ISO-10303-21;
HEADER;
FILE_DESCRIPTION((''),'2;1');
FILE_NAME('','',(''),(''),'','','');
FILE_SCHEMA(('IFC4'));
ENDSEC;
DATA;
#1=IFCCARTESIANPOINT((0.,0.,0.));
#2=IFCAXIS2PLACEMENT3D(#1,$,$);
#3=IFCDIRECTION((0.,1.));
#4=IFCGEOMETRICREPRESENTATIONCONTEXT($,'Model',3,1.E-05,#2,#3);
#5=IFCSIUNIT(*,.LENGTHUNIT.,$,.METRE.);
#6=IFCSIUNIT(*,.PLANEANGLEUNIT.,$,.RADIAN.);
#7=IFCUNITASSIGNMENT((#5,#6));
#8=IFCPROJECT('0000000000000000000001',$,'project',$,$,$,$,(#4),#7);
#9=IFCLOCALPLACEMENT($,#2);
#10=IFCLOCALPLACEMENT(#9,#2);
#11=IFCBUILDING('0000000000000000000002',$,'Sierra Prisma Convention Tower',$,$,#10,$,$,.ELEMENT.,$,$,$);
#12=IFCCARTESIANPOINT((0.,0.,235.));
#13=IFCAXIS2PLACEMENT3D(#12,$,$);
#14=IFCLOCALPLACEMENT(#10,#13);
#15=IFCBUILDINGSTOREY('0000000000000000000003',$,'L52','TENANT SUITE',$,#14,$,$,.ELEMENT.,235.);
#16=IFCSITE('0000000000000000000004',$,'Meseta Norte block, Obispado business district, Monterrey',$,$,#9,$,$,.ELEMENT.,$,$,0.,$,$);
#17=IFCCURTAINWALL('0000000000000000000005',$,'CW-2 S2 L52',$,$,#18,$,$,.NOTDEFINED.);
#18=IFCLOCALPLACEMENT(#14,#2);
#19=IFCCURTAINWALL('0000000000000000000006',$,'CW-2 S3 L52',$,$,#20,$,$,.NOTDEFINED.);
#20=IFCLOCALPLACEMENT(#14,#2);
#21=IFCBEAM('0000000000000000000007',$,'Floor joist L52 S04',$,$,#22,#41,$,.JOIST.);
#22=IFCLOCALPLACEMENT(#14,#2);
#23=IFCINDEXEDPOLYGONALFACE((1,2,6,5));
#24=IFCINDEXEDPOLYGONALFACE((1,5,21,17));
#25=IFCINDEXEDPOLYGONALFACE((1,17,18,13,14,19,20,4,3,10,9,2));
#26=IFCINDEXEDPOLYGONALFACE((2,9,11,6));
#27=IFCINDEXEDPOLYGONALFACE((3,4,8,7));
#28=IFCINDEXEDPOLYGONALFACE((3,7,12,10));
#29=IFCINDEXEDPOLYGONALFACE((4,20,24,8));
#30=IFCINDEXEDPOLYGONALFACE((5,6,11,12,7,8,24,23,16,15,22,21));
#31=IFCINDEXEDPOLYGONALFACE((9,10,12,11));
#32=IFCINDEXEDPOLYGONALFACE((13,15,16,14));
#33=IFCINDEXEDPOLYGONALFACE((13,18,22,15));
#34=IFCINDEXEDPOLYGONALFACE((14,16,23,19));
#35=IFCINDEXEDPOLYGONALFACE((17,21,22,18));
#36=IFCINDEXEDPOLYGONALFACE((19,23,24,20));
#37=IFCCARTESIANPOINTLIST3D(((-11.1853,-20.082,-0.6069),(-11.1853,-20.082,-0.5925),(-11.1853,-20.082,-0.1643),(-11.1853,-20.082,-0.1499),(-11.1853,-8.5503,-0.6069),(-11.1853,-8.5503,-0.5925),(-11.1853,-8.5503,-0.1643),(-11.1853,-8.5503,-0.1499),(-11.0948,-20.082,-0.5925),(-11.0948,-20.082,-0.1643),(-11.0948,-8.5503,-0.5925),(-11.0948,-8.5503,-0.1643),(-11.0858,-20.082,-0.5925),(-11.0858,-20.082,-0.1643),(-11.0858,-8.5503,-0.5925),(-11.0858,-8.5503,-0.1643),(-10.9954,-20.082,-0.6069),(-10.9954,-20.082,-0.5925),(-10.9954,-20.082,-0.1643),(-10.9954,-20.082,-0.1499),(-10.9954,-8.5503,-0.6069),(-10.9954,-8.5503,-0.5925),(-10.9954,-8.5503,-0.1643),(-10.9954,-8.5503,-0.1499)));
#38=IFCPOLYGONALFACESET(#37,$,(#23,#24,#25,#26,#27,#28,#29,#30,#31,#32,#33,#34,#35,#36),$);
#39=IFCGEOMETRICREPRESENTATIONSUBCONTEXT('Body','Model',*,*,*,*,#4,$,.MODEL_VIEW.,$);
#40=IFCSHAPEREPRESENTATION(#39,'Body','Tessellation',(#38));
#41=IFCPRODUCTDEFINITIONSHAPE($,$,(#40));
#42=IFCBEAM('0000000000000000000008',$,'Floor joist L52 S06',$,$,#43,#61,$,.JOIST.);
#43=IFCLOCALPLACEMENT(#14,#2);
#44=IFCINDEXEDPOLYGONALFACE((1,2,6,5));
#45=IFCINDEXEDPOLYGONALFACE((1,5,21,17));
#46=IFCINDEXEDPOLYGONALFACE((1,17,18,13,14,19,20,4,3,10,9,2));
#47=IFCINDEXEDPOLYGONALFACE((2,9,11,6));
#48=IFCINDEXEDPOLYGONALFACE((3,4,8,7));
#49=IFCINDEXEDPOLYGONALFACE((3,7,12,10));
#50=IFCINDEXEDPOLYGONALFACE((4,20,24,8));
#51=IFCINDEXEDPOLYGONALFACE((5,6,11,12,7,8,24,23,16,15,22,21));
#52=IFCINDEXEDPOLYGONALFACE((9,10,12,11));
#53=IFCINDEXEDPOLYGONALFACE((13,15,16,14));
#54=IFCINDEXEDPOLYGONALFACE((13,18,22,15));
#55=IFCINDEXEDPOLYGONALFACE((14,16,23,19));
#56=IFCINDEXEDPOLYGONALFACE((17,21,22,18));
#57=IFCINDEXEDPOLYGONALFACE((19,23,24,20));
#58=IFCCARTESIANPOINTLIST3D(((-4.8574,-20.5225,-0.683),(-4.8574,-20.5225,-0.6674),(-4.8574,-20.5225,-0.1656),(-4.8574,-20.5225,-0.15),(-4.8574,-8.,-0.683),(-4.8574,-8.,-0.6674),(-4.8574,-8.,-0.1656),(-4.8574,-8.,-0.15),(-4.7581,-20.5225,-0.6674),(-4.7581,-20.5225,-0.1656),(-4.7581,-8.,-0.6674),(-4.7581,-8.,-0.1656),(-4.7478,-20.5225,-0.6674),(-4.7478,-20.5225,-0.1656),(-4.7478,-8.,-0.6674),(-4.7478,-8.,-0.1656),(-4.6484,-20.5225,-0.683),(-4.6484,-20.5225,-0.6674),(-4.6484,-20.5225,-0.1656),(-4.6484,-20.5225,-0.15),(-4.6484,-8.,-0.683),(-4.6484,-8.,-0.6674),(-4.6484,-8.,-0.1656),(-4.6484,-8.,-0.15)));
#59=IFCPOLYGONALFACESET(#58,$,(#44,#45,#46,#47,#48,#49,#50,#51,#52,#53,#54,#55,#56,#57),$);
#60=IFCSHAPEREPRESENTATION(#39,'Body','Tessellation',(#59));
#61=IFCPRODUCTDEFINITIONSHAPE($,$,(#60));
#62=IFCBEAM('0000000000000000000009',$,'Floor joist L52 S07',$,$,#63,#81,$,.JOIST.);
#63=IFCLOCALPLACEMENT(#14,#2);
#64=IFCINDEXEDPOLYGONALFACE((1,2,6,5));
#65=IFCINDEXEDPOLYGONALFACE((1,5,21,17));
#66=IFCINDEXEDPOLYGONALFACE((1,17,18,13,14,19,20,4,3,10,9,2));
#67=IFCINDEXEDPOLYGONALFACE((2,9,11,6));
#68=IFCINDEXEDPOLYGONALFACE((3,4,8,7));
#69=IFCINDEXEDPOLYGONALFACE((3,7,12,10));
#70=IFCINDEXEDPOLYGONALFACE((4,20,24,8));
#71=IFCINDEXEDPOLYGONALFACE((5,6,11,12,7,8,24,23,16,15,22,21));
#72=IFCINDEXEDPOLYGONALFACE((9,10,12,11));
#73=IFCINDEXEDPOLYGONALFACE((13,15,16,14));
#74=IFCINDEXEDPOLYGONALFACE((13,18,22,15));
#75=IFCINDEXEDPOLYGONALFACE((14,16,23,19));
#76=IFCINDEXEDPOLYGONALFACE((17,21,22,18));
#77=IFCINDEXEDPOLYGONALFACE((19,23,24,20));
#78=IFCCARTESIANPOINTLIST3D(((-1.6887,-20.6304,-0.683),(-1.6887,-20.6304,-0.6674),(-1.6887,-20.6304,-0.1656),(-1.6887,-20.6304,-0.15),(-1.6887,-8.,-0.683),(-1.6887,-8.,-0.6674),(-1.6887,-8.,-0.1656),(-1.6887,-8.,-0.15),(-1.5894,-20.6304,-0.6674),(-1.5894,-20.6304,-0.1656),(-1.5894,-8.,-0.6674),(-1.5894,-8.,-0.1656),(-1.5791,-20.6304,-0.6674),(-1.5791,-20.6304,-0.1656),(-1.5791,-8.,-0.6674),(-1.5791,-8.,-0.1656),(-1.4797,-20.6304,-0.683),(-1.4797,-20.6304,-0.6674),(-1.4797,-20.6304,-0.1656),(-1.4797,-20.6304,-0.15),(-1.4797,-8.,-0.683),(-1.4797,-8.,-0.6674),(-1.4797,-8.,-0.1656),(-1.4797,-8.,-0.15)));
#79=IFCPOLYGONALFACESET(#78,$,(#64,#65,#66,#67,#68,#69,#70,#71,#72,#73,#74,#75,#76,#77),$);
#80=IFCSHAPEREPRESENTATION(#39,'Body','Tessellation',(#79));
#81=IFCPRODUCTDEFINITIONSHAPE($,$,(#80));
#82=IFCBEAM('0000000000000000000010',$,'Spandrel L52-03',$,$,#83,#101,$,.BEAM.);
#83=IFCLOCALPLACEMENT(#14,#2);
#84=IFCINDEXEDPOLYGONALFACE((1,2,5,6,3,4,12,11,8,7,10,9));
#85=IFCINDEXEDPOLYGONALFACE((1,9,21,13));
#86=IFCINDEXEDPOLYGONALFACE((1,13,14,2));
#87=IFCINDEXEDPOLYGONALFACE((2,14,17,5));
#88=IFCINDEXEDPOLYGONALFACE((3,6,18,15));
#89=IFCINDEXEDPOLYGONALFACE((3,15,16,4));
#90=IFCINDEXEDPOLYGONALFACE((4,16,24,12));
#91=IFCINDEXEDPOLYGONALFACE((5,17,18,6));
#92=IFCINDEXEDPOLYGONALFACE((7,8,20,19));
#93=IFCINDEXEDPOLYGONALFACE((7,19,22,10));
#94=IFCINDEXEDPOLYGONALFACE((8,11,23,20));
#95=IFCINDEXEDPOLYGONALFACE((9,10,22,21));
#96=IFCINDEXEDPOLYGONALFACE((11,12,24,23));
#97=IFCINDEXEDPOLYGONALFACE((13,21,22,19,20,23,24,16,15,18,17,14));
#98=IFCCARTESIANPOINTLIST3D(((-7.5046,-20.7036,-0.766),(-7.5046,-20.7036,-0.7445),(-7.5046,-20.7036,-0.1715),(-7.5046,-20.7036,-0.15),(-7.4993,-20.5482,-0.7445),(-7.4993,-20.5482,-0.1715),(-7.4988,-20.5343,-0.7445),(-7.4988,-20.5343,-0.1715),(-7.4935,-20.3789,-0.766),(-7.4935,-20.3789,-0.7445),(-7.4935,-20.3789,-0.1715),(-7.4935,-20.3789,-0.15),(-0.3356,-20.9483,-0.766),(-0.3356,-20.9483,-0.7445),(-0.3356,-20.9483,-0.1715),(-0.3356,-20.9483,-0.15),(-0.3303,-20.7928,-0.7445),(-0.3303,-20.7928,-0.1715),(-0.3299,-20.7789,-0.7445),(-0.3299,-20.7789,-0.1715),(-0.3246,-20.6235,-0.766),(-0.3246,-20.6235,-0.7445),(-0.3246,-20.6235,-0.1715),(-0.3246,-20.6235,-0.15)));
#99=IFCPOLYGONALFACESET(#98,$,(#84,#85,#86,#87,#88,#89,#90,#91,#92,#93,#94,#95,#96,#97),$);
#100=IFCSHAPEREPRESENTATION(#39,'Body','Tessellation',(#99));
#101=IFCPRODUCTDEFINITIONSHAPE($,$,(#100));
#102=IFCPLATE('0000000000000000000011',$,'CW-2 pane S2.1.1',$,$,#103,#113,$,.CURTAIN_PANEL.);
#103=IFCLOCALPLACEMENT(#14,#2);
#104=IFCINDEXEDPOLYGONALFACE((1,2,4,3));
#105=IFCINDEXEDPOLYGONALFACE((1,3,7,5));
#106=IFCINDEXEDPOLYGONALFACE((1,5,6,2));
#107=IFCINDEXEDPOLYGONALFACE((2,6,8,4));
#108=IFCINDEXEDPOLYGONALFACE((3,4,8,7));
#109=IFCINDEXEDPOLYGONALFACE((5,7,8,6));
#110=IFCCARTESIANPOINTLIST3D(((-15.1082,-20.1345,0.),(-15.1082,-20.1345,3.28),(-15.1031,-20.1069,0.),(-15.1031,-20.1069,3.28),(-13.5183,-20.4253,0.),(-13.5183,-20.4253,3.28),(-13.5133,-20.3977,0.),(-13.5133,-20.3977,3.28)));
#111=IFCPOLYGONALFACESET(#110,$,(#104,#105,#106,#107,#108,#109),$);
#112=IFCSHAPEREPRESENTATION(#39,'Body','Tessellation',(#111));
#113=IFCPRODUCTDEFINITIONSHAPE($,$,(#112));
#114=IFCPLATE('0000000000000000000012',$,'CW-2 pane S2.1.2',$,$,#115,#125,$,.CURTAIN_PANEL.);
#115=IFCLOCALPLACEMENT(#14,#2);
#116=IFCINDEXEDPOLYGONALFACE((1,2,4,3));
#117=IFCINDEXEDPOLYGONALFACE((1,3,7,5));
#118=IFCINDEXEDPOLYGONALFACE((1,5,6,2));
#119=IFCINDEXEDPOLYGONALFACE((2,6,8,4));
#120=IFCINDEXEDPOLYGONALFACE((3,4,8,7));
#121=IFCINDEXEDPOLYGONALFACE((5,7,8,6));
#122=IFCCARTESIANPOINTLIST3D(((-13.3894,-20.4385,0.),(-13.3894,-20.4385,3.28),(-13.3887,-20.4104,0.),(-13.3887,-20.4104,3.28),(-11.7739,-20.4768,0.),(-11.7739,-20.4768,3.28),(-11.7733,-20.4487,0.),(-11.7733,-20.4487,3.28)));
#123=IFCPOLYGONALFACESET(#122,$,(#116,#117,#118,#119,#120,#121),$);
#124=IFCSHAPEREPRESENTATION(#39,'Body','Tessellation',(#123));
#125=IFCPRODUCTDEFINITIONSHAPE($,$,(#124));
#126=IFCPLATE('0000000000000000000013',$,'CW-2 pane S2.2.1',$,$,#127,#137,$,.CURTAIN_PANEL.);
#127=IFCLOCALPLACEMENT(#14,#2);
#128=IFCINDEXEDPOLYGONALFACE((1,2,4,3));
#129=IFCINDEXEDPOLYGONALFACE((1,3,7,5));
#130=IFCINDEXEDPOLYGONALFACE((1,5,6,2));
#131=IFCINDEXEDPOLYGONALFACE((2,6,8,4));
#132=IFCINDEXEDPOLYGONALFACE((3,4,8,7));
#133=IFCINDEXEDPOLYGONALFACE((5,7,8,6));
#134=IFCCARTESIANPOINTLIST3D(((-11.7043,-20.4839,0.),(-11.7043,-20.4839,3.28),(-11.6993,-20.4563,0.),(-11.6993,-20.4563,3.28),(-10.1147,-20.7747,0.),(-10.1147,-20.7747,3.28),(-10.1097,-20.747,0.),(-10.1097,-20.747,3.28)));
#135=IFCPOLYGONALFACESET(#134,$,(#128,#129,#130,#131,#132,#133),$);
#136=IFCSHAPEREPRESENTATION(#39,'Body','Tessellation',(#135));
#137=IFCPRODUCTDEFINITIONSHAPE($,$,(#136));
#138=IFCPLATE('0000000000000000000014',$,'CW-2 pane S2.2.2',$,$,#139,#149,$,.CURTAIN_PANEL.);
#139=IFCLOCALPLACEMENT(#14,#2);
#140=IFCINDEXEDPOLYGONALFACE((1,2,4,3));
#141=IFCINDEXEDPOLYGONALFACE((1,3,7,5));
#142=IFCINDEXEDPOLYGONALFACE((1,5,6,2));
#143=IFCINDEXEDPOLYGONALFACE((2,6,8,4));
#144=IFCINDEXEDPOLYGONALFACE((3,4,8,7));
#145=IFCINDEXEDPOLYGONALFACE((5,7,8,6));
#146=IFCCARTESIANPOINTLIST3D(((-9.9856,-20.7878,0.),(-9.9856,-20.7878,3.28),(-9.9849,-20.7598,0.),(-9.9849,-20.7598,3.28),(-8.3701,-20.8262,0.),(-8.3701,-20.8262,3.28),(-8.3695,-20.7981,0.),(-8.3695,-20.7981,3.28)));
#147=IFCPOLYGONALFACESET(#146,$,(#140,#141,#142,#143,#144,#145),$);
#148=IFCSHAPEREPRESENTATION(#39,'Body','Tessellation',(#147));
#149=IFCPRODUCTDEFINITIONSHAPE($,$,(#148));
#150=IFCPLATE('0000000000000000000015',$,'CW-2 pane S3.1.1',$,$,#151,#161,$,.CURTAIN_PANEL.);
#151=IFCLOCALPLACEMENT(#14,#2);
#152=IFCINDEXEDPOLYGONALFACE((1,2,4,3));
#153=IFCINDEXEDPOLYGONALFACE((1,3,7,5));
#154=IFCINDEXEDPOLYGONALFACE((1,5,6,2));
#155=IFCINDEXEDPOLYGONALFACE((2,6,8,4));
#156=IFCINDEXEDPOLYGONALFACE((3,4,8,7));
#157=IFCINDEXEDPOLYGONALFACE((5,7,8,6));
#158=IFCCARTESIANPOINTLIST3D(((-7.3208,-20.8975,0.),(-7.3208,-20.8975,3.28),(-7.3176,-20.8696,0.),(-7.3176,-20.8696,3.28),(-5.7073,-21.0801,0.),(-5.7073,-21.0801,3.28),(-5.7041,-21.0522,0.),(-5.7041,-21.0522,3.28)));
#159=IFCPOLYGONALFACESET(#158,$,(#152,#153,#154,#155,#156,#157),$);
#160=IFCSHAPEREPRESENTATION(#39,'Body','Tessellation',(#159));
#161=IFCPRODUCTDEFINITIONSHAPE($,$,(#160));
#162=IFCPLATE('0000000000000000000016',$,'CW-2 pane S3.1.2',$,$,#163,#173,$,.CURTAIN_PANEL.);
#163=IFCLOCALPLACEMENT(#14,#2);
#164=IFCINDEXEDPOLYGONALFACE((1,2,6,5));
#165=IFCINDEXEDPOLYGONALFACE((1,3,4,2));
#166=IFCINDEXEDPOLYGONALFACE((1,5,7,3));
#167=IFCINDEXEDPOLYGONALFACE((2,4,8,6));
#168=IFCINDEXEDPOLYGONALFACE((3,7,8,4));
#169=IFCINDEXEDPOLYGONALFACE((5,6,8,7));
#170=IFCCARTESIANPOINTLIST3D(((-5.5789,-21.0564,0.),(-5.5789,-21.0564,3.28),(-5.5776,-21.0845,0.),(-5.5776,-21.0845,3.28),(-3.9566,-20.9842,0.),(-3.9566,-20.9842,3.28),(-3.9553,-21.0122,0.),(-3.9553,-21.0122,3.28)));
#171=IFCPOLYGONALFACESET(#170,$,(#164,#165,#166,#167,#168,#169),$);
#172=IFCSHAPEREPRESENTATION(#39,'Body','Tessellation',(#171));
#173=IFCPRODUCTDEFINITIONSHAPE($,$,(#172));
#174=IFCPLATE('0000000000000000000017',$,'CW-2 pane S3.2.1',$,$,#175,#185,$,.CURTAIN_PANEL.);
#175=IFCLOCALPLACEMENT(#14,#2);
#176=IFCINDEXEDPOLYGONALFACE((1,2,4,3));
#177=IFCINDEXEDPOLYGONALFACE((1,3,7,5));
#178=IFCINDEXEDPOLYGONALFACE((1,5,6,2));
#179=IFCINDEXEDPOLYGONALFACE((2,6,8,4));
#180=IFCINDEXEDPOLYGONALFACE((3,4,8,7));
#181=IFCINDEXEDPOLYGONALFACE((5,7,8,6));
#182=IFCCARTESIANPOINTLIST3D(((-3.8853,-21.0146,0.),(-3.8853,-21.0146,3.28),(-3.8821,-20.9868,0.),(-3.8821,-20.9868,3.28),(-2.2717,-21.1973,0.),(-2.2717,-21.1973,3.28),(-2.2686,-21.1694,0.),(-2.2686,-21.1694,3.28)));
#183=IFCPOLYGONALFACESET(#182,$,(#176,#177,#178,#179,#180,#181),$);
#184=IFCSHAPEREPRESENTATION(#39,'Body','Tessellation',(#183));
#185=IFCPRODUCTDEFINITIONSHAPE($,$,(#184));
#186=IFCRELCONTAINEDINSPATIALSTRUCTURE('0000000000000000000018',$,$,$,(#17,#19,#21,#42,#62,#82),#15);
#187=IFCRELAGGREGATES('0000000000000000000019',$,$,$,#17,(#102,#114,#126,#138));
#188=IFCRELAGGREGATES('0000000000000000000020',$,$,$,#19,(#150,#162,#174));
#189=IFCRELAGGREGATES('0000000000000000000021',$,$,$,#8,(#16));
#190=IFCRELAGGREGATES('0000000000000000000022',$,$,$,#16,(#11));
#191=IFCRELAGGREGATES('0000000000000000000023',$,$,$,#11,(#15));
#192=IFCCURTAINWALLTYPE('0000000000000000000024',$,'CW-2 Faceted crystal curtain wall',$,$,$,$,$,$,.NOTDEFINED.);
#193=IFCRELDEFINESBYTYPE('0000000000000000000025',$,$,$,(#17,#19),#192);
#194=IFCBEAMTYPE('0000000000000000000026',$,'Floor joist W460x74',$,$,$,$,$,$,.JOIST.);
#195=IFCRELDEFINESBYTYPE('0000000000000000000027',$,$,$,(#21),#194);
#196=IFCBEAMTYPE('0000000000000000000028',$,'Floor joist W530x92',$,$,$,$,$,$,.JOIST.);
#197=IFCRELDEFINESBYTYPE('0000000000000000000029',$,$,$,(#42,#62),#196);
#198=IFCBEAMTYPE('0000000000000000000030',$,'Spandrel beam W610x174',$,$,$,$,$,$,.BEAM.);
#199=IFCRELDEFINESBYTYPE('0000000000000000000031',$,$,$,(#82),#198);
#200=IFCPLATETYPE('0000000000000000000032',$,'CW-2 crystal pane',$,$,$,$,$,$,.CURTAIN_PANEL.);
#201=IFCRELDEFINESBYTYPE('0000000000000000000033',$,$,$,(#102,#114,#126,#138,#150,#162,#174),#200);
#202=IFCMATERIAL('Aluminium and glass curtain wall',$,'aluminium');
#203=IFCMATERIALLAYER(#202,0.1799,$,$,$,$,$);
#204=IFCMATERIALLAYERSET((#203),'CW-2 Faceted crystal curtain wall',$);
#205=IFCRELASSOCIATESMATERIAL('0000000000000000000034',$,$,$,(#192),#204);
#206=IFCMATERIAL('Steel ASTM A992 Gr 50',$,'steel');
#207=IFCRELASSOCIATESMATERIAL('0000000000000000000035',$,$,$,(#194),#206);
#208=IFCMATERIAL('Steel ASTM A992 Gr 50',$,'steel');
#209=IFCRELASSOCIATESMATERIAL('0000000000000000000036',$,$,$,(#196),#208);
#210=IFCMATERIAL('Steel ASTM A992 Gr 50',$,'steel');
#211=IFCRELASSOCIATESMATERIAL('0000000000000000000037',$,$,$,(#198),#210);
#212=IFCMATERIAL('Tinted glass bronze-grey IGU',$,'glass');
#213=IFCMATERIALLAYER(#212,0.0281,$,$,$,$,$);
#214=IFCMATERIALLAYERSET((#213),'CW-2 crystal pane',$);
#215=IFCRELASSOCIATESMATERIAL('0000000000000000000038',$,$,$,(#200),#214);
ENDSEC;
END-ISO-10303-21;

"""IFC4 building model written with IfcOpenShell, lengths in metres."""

from ifc_helpers import new_model, si_unit, direction, frame, origin, origin_2d, place, context, subcontext, project, spatial, polyline, i_section, outline, extrude, material, layer, layer_set, material_profile, profile_set, type_object, element, aggregate, save


model = new_model("IFC4")

# Units and contexts
model_context = context("Model", 3, precision=1e-05, world=origin(), true_north=direction((0.0, 1.0)))
body_context = subcontext(model_context, "Body", "Model", "MODEL_VIEW")
ifc_project = project(units=[si_unit("LENGTHUNIT", "METRE"), si_unit("PLANEANGLEUNIT", "RADIAN")], contexts=[model_context])

# Site, building, storey
site_placement = place(None, origin())
site = spatial("IfcSite", under=ifc_project, at=site_placement, Name="Meseta Norte block, Obispado business district, Monterrey", CompositionType="ELEMENT", RefElevation=0.0)
building_placement = place(site_placement, origin())
building = spatial("IfcBuilding", under=site, at=building_placement, Name="Sierra Prisma Convention Tower", CompositionType="ELEMENT")
storey_placement = place(building_placement, frame((0.0, 0.0, 235.0)))
storey = spatial("IfcBuildingStorey", under=building, at=storey_placement, Name="L52", Description="TENANT SUITE", CompositionType="ELEMENT", Elevation=235.0)

# Curtain walls
ifc_material_1 = material(Name="Aluminium and glass curtain wall", Category="aluminium")
ifc_layer_1 = layer(ifc_material_1, 0.1799)
ifc_layer_set_1 = layer_set([ifc_layer_1], Name="CW-2 Faceted crystal curtain wall")
curtain_wall_type = type_object("IfcCurtainWallType", Name="CW-2 Faceted crystal curtain wall", PredefinedType="NOTDEFINED", material=ifc_layer_set_1)
curtain_wall_1_placement = place(storey_placement, origin())
curtain_wall_1 = element("IfcCurtainWall", 1, at=curtain_wall_1_placement, inside=storey, type_object=curtain_wall_type, Name="CW-2 S2 L52", PredefinedType="NOTDEFINED")
curtain_wall_2_placement = place(storey_placement, origin())
curtain_wall_2 = element("IfcCurtainWall", 2, at=curtain_wall_2_placement, inside=storey, type_object=curtain_wall_type, Name="CW-2 S3 L52", PredefinedType="NOTDEFINED")

# Beams
ifc_material_2 = material(Name="Steel ASTM A992 Gr 50", Category="steel")
ifc_material_profile_1 = material_profile(ifc_material_2, i_section(OverallWidth=0.1899, OverallDepth=0.457, WebThickness=0.009, FlangeThickness=0.0144, at=origin_2d()), Name="W460x74")
ifc_profile_set_1 = profile_set([ifc_material_profile_1], Name="Steel ASTM A992 Gr 50")
beam_type_1 = type_object("IfcBeamType", Name="Floor joist W460x74", PredefinedType="JOIST", material=ifc_profile_set_1)
beam_1_placement = place(storey_placement, frame((-11.0903, -20.082, -0.3784), z_axis=(0.0, 1.0, 0.0), x_axis=(-1.0, 0.0, 0.0)))
element("IfcBeam", 3, at=beam_1_placement, inside=storey, type_object=beam_type_1, Name="Floor joist L52 S04", PredefinedType="JOIST", context=body_context, shape_type="SweptSolid", body=[
    extrude(i_section(OverallWidth=0.1899, OverallDepth=0.457, WebThickness=0.009, FlangeThickness=0.0144, at=origin_2d()), origin(), (0.0, 0.0, 1.0), 11.5317),
])
ifc_material_3 = material(Name="Steel ASTM A992 Gr 50", Category="steel")
ifc_material_profile_2 = material_profile(ifc_material_3, i_section(OverallWidth=0.209, OverallDepth=0.533, WebThickness=0.0103, FlangeThickness=0.0156, at=origin_2d()), Name="W530x92")
ifc_profile_set_2 = profile_set([ifc_material_profile_2], Name="Steel ASTM A992 Gr 50")
beam_type_2 = type_object("IfcBeamType", Name="Floor joist W530x92", PredefinedType="JOIST", material=ifc_profile_set_2)
beam_2_placement = place(storey_placement, frame((-4.7529, -20.5225, -0.4165), z_axis=(0.0, 1.0, 0.0), x_axis=(-1.0, 0.0, 0.0)))
element("IfcBeam", 4, at=beam_2_placement, inside=storey, type_object=beam_type_2, Name="Floor joist L52 S06", PredefinedType="JOIST", context=body_context, shape_type="SweptSolid", body=[
    extrude(i_section(OverallWidth=0.209, OverallDepth=0.533, WebThickness=0.0103, FlangeThickness=0.0156, at=origin_2d()), origin(), (0.0, 0.0, 1.0), 12.5225),
])
beam_3_placement = place(storey_placement, frame((-1.5842, -20.6304, -0.4165), z_axis=(0.0, 1.0, 0.0), x_axis=(-1.0, 0.0, 0.0)))
element("IfcBeam", 5, at=beam_3_placement, inside=storey, type_object=beam_type_2, Name="Floor joist L52 S07", PredefinedType="JOIST", context=body_context, shape_type="SweptSolid", body=[
    extrude(i_section(OverallWidth=0.209, OverallDepth=0.533, WebThickness=0.0103, FlangeThickness=0.0156, at=origin_2d()), origin(), (0.0, 0.0, 1.0), 12.6304),
])
ifc_material_4 = material(Name="Steel ASTM A992 Gr 50", Category="steel")
ifc_material_profile_3 = material_profile(ifc_material_4, i_section(OverallWidth=0.325, OverallDepth=0.616, WebThickness=0.0139, FlangeThickness=0.0215, at=origin_2d()), Name="W610x174")
ifc_profile_set_3 = profile_set([ifc_material_profile_3], Name="Steel ASTM A992 Gr 50")
beam_type_3 = type_object("IfcBeamType", Name="Spandrel beam W610x174", PredefinedType="BEAM", material=ifc_profile_set_3)
beam_4_placement = place(storey_placement, frame((-7.499, -20.5413, -0.458), z_axis=(0.999418, -0.034104, 0.0), x_axis=(0.034104, 0.999418, 0.0)))
element("IfcBeam", 6, at=beam_4_placement, inside=storey, type_object=beam_type_3, Name="Spandrel L52-03", PredefinedType="BEAM", context=body_context, shape_type="SweptSolid", body=[
    extrude(i_section(OverallWidth=0.325, OverallDepth=0.616, WebThickness=0.0139, FlangeThickness=0.0215, at=origin_2d()), origin(), (0.0, 0.0, 1.0), 7.1731),
])

# Plates
ifc_material_5 = material(Name="Tinted glass bronze-grey IGU", Category="glass")
ifc_layer_2 = layer(ifc_material_5, 0.0281)
ifc_layer_set_2 = layer_set([ifc_layer_2], Name="CW-2 crystal pane")
plate_type = type_object("IfcPlateType", Name="CW-2 crystal pane", PredefinedType="CURTAIN_PANEL", material=ifc_layer_set_2)
plate_1_placement = place(storey_placement, frame((-15.1082, -20.1345, 0.0), z_axis=(-0.179909, -0.983683, 0.0), x_axis=(0.983683, -0.179909, 0.0)))
plate_1 = element("IfcPlate", 7, at=plate_1_placement, type_object=plate_type, Name="CW-2 pane S2.1.1", PredefinedType="CURTAIN_PANEL", context=body_context, shape_type="SweptSolid", body=[
    extrude(outline(polyline([(0.0, 0.0), (1.6162, 0.0), (1.6162, 3.28), (0.0, 3.28), (0.0, 0.0)])), origin(), (0.0, 0.0, -1.0), 0.0281),
])
plate_2_placement = place(storey_placement, frame((-11.7739, -20.4768, 0.0), z_axis=(-0.02372, -0.999719, 0.0), x_axis=(-0.999719, 0.02372, 0.0)))
plate_2 = element("IfcPlate", 8, at=plate_2_placement, type_object=plate_type, Name="CW-2 pane S2.1.2", PredefinedType="CURTAIN_PANEL", context=body_context, shape_type="SweptSolid", body=[
    extrude(outline(polyline([(0.0, 0.0), (1.6159, 0.0), (1.6159, -3.28), (0.0, -3.28), (0.0, 0.0)])), origin(), (0.0, 0.0, -1.0), 0.0281),
])
plate_3_placement = place(storey_placement, frame((-11.7043, -20.4839, 0.0), z_axis=(-0.179936, -0.983678, 0.0), x_axis=(0.983678, -0.179936, 0.0)))
plate_3 = element("IfcPlate", 9, at=plate_3_placement, type_object=plate_type, Name="CW-2 pane S2.2.1", PredefinedType="CURTAIN_PANEL", context=body_context, shape_type="SweptSolid", body=[
    extrude(outline(polyline([(0.0, 0.0), (1.616, 0.0), (1.616, 3.28), (0.0, 3.28), (0.0, 0.0)])), origin(), (0.0, 0.0, -1.0), 0.0281),
])
plate_4_placement = place(storey_placement, frame((-8.3701, -20.8262, 0.0), z_axis=(-0.02372, -0.999719, 0.0), x_axis=(-0.999719, 0.02372, 0.0)))
plate_4 = element("IfcPlate", 10, at=plate_4_placement, type_object=plate_type, Name="CW-2 pane S2.2.2", PredefinedType="CURTAIN_PANEL", context=body_context, shape_type="SweptSolid", body=[
    extrude(outline(polyline([(0.0, 0.0), (1.6159, 0.0), (1.6159, -3.28), (0.0, -3.28), (0.0, 0.0)])), origin(), (0.0, 0.0, -1.0), 0.0281),
])
aggregate(curtain_wall_1, [plate_1, plate_2, plate_3, plate_4])
plate_5_placement = place(storey_placement, frame((-7.3208, -20.8975, 0.0), z_axis=(-0.112461, -0.993656, 0.0), x_axis=(0.993656, -0.112461, 0.0)))
plate_5 = element("IfcPlate", 11, at=plate_5_placement, type_object=plate_type, Name="CW-2 pane S3.1.1", PredefinedType="CURTAIN_PANEL", context=body_context, shape_type="SweptSolid", body=[
    extrude(outline(polyline([(0.0, 0.0), (1.6238, 0.0), (1.6238, 3.28), (0.0, 3.28), (0.0, 0.0)])), origin(), (0.0, 0.0, -1.0), 0.0281),
])
plate_6_placement = place(storey_placement, frame((-3.9553, -21.0122, 0.0), z_axis=(0.044501, -0.999009, 0.0), x_axis=(-0.999009, -0.044501, 0.0)))
plate_6 = element("IfcPlate", 12, at=plate_6_placement, type_object=plate_type, Name="CW-2 pane S3.1.2", PredefinedType="CURTAIN_PANEL", context=body_context, shape_type="SweptSolid", body=[
    extrude(outline(polyline([(0.0, 0.0), (1.6239, 0.0), (1.6239, -3.28), (0.0, -3.28), (0.0, 0.0)])), origin(), (0.0, 0.0, -1.0), 0.0281),
])
plate_7_placement = place(storey_placement, frame((-3.8853, -21.0146, 0.0), z_axis=(-0.112461, -0.993656, 0.0), x_axis=(0.993656, -0.112461, 0.0)))
plate_7 = element("IfcPlate", 13, at=plate_7_placement, type_object=plate_type, Name="CW-2 pane S3.2.1", PredefinedType="CURTAIN_PANEL", context=body_context, shape_type="SweptSolid", body=[
    extrude(outline(polyline([(0.0, 0.0), (1.6238, 0.0), (1.6238, 3.28), (0.0, 3.28), (0.0, 0.0)])), origin(), (0.0, 0.0, -1.0), 0.0281),
])
aggregate(curtain_wall_2, [plate_5, plate_6, plate_7])

save(model, "model.ifc")
